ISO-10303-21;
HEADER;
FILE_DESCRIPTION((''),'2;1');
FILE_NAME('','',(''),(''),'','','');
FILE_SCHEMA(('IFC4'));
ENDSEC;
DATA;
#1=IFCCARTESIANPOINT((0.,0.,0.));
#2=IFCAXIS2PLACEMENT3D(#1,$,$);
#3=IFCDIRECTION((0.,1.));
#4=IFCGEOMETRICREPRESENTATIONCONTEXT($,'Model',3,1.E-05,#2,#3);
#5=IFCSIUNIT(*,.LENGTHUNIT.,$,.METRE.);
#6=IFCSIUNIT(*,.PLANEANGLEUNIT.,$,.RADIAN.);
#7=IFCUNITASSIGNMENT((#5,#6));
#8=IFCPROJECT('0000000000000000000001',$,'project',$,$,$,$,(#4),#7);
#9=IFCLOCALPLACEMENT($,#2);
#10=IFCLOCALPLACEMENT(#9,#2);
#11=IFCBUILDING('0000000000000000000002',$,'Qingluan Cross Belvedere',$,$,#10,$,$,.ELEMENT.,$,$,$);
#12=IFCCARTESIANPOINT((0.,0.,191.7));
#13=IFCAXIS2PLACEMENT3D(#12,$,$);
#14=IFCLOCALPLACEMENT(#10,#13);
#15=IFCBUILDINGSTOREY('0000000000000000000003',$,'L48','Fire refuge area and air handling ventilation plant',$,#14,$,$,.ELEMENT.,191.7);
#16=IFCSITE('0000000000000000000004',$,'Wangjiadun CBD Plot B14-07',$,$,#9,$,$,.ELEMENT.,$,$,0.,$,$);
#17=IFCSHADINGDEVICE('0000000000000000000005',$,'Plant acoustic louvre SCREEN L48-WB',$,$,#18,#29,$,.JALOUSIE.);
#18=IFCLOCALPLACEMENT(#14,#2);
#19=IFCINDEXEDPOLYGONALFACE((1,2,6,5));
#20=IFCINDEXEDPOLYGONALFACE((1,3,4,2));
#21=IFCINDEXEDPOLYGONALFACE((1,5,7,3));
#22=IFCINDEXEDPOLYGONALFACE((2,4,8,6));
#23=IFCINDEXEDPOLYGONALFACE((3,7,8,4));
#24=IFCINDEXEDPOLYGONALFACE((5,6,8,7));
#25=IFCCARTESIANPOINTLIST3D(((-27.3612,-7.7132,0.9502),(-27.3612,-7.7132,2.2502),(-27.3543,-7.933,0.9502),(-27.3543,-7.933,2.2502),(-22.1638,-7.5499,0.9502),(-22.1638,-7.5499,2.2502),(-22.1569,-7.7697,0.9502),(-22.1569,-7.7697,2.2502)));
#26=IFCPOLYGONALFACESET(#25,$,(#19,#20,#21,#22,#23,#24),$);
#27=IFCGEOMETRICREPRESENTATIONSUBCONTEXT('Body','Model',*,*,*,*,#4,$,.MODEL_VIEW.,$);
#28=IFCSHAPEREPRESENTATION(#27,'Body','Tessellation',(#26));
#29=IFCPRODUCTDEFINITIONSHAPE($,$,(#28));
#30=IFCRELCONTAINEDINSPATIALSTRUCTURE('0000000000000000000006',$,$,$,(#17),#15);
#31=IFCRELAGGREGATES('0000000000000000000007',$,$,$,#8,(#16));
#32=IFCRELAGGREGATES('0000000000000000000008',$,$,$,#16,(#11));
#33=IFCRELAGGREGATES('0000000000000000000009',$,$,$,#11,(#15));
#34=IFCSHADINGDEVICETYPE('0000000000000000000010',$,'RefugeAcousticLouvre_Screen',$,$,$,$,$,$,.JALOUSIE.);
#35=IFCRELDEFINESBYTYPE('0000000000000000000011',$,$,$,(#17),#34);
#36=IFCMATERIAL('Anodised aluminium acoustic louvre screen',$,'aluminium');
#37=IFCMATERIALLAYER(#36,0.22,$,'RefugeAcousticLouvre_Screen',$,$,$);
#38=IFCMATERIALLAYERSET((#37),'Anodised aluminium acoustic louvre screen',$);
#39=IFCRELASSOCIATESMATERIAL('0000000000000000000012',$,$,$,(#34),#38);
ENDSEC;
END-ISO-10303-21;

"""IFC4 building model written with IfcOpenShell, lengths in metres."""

from ifc_helpers import new_model, si_unit, direction, frame, origin, origin_2d, place, context, subcontext, project, spatial, rectangle, extrude, material, layer, layer_set, type_object, element, save


model = new_model("IFC4")

# Units and contexts
model_context = context("Model", 3, precision=1e-05, world=origin(), true_north=direction((0.0, 1.0)))
body_context = subcontext(model_context, "Body", "Model", "MODEL_VIEW")
ifc_project = project(units=[si_unit("LENGTHUNIT", "METRE"), si_unit("PLANEANGLEUNIT", "RADIAN")], contexts=[model_context])

# Site, building, storey
site_placement = place(None, origin())
site = spatial("IfcSite", under=ifc_project, at=site_placement, Name="Wangjiadun CBD Plot B14-07", CompositionType="ELEMENT", RefElevation=0.0)
building_placement = place(site_placement, origin())
building = spatial("IfcBuilding", under=site, at=building_placement, Name="Qingluan Cross Belvedere", CompositionType="ELEMENT")
storey_placement = place(building_placement, frame((0.0, 0.0, 191.7)))
storey = spatial("IfcBuildingStorey", under=building, at=storey_placement, Name="L48", Description="Fire refuge area and air handling ventilation plant", CompositionType="ELEMENT", Elevation=191.7)

# Shading device
ifc_material_1 = material(Name="Anodised aluminium acoustic louvre screen", Category="aluminium")
ifc_layer_1 = layer(ifc_material_1, 0.22, Name="RefugeAcousticLouvre_Screen")
ifc_layer_set_1 = layer_set([ifc_layer_1], Name="Anodised aluminium acoustic louvre screen")
shading_device_type_1 = type_object("IfcShadingDeviceType", Name="RefugeAcousticLouvre_Screen", PredefinedType="JALOUSIE", material=ifc_layer_set_1)
shading_device_1_placement = place(storey_placement, frame((-24.759, -7.7415, 0.9502), z_axis=(0.0, 0.0, 1.0), x_axis=(0.999507, 0.031408, 0.0)))
element("IfcShadingDevice", 1, at=shading_device_1_placement, inside=storey, type_object=shading_device_type_1, Name="Plant acoustic louvre SCREEN L48-WB", PredefinedType="JALOUSIE", context=body_context, shape_type="SweptSolid", body=[
    extrude(rectangle(XDim=5.2, YDim=0.22, at=origin_2d()), origin(), (0.0, 0.0, 1.0), 1.3),
])

save(model, "model.ifc")
